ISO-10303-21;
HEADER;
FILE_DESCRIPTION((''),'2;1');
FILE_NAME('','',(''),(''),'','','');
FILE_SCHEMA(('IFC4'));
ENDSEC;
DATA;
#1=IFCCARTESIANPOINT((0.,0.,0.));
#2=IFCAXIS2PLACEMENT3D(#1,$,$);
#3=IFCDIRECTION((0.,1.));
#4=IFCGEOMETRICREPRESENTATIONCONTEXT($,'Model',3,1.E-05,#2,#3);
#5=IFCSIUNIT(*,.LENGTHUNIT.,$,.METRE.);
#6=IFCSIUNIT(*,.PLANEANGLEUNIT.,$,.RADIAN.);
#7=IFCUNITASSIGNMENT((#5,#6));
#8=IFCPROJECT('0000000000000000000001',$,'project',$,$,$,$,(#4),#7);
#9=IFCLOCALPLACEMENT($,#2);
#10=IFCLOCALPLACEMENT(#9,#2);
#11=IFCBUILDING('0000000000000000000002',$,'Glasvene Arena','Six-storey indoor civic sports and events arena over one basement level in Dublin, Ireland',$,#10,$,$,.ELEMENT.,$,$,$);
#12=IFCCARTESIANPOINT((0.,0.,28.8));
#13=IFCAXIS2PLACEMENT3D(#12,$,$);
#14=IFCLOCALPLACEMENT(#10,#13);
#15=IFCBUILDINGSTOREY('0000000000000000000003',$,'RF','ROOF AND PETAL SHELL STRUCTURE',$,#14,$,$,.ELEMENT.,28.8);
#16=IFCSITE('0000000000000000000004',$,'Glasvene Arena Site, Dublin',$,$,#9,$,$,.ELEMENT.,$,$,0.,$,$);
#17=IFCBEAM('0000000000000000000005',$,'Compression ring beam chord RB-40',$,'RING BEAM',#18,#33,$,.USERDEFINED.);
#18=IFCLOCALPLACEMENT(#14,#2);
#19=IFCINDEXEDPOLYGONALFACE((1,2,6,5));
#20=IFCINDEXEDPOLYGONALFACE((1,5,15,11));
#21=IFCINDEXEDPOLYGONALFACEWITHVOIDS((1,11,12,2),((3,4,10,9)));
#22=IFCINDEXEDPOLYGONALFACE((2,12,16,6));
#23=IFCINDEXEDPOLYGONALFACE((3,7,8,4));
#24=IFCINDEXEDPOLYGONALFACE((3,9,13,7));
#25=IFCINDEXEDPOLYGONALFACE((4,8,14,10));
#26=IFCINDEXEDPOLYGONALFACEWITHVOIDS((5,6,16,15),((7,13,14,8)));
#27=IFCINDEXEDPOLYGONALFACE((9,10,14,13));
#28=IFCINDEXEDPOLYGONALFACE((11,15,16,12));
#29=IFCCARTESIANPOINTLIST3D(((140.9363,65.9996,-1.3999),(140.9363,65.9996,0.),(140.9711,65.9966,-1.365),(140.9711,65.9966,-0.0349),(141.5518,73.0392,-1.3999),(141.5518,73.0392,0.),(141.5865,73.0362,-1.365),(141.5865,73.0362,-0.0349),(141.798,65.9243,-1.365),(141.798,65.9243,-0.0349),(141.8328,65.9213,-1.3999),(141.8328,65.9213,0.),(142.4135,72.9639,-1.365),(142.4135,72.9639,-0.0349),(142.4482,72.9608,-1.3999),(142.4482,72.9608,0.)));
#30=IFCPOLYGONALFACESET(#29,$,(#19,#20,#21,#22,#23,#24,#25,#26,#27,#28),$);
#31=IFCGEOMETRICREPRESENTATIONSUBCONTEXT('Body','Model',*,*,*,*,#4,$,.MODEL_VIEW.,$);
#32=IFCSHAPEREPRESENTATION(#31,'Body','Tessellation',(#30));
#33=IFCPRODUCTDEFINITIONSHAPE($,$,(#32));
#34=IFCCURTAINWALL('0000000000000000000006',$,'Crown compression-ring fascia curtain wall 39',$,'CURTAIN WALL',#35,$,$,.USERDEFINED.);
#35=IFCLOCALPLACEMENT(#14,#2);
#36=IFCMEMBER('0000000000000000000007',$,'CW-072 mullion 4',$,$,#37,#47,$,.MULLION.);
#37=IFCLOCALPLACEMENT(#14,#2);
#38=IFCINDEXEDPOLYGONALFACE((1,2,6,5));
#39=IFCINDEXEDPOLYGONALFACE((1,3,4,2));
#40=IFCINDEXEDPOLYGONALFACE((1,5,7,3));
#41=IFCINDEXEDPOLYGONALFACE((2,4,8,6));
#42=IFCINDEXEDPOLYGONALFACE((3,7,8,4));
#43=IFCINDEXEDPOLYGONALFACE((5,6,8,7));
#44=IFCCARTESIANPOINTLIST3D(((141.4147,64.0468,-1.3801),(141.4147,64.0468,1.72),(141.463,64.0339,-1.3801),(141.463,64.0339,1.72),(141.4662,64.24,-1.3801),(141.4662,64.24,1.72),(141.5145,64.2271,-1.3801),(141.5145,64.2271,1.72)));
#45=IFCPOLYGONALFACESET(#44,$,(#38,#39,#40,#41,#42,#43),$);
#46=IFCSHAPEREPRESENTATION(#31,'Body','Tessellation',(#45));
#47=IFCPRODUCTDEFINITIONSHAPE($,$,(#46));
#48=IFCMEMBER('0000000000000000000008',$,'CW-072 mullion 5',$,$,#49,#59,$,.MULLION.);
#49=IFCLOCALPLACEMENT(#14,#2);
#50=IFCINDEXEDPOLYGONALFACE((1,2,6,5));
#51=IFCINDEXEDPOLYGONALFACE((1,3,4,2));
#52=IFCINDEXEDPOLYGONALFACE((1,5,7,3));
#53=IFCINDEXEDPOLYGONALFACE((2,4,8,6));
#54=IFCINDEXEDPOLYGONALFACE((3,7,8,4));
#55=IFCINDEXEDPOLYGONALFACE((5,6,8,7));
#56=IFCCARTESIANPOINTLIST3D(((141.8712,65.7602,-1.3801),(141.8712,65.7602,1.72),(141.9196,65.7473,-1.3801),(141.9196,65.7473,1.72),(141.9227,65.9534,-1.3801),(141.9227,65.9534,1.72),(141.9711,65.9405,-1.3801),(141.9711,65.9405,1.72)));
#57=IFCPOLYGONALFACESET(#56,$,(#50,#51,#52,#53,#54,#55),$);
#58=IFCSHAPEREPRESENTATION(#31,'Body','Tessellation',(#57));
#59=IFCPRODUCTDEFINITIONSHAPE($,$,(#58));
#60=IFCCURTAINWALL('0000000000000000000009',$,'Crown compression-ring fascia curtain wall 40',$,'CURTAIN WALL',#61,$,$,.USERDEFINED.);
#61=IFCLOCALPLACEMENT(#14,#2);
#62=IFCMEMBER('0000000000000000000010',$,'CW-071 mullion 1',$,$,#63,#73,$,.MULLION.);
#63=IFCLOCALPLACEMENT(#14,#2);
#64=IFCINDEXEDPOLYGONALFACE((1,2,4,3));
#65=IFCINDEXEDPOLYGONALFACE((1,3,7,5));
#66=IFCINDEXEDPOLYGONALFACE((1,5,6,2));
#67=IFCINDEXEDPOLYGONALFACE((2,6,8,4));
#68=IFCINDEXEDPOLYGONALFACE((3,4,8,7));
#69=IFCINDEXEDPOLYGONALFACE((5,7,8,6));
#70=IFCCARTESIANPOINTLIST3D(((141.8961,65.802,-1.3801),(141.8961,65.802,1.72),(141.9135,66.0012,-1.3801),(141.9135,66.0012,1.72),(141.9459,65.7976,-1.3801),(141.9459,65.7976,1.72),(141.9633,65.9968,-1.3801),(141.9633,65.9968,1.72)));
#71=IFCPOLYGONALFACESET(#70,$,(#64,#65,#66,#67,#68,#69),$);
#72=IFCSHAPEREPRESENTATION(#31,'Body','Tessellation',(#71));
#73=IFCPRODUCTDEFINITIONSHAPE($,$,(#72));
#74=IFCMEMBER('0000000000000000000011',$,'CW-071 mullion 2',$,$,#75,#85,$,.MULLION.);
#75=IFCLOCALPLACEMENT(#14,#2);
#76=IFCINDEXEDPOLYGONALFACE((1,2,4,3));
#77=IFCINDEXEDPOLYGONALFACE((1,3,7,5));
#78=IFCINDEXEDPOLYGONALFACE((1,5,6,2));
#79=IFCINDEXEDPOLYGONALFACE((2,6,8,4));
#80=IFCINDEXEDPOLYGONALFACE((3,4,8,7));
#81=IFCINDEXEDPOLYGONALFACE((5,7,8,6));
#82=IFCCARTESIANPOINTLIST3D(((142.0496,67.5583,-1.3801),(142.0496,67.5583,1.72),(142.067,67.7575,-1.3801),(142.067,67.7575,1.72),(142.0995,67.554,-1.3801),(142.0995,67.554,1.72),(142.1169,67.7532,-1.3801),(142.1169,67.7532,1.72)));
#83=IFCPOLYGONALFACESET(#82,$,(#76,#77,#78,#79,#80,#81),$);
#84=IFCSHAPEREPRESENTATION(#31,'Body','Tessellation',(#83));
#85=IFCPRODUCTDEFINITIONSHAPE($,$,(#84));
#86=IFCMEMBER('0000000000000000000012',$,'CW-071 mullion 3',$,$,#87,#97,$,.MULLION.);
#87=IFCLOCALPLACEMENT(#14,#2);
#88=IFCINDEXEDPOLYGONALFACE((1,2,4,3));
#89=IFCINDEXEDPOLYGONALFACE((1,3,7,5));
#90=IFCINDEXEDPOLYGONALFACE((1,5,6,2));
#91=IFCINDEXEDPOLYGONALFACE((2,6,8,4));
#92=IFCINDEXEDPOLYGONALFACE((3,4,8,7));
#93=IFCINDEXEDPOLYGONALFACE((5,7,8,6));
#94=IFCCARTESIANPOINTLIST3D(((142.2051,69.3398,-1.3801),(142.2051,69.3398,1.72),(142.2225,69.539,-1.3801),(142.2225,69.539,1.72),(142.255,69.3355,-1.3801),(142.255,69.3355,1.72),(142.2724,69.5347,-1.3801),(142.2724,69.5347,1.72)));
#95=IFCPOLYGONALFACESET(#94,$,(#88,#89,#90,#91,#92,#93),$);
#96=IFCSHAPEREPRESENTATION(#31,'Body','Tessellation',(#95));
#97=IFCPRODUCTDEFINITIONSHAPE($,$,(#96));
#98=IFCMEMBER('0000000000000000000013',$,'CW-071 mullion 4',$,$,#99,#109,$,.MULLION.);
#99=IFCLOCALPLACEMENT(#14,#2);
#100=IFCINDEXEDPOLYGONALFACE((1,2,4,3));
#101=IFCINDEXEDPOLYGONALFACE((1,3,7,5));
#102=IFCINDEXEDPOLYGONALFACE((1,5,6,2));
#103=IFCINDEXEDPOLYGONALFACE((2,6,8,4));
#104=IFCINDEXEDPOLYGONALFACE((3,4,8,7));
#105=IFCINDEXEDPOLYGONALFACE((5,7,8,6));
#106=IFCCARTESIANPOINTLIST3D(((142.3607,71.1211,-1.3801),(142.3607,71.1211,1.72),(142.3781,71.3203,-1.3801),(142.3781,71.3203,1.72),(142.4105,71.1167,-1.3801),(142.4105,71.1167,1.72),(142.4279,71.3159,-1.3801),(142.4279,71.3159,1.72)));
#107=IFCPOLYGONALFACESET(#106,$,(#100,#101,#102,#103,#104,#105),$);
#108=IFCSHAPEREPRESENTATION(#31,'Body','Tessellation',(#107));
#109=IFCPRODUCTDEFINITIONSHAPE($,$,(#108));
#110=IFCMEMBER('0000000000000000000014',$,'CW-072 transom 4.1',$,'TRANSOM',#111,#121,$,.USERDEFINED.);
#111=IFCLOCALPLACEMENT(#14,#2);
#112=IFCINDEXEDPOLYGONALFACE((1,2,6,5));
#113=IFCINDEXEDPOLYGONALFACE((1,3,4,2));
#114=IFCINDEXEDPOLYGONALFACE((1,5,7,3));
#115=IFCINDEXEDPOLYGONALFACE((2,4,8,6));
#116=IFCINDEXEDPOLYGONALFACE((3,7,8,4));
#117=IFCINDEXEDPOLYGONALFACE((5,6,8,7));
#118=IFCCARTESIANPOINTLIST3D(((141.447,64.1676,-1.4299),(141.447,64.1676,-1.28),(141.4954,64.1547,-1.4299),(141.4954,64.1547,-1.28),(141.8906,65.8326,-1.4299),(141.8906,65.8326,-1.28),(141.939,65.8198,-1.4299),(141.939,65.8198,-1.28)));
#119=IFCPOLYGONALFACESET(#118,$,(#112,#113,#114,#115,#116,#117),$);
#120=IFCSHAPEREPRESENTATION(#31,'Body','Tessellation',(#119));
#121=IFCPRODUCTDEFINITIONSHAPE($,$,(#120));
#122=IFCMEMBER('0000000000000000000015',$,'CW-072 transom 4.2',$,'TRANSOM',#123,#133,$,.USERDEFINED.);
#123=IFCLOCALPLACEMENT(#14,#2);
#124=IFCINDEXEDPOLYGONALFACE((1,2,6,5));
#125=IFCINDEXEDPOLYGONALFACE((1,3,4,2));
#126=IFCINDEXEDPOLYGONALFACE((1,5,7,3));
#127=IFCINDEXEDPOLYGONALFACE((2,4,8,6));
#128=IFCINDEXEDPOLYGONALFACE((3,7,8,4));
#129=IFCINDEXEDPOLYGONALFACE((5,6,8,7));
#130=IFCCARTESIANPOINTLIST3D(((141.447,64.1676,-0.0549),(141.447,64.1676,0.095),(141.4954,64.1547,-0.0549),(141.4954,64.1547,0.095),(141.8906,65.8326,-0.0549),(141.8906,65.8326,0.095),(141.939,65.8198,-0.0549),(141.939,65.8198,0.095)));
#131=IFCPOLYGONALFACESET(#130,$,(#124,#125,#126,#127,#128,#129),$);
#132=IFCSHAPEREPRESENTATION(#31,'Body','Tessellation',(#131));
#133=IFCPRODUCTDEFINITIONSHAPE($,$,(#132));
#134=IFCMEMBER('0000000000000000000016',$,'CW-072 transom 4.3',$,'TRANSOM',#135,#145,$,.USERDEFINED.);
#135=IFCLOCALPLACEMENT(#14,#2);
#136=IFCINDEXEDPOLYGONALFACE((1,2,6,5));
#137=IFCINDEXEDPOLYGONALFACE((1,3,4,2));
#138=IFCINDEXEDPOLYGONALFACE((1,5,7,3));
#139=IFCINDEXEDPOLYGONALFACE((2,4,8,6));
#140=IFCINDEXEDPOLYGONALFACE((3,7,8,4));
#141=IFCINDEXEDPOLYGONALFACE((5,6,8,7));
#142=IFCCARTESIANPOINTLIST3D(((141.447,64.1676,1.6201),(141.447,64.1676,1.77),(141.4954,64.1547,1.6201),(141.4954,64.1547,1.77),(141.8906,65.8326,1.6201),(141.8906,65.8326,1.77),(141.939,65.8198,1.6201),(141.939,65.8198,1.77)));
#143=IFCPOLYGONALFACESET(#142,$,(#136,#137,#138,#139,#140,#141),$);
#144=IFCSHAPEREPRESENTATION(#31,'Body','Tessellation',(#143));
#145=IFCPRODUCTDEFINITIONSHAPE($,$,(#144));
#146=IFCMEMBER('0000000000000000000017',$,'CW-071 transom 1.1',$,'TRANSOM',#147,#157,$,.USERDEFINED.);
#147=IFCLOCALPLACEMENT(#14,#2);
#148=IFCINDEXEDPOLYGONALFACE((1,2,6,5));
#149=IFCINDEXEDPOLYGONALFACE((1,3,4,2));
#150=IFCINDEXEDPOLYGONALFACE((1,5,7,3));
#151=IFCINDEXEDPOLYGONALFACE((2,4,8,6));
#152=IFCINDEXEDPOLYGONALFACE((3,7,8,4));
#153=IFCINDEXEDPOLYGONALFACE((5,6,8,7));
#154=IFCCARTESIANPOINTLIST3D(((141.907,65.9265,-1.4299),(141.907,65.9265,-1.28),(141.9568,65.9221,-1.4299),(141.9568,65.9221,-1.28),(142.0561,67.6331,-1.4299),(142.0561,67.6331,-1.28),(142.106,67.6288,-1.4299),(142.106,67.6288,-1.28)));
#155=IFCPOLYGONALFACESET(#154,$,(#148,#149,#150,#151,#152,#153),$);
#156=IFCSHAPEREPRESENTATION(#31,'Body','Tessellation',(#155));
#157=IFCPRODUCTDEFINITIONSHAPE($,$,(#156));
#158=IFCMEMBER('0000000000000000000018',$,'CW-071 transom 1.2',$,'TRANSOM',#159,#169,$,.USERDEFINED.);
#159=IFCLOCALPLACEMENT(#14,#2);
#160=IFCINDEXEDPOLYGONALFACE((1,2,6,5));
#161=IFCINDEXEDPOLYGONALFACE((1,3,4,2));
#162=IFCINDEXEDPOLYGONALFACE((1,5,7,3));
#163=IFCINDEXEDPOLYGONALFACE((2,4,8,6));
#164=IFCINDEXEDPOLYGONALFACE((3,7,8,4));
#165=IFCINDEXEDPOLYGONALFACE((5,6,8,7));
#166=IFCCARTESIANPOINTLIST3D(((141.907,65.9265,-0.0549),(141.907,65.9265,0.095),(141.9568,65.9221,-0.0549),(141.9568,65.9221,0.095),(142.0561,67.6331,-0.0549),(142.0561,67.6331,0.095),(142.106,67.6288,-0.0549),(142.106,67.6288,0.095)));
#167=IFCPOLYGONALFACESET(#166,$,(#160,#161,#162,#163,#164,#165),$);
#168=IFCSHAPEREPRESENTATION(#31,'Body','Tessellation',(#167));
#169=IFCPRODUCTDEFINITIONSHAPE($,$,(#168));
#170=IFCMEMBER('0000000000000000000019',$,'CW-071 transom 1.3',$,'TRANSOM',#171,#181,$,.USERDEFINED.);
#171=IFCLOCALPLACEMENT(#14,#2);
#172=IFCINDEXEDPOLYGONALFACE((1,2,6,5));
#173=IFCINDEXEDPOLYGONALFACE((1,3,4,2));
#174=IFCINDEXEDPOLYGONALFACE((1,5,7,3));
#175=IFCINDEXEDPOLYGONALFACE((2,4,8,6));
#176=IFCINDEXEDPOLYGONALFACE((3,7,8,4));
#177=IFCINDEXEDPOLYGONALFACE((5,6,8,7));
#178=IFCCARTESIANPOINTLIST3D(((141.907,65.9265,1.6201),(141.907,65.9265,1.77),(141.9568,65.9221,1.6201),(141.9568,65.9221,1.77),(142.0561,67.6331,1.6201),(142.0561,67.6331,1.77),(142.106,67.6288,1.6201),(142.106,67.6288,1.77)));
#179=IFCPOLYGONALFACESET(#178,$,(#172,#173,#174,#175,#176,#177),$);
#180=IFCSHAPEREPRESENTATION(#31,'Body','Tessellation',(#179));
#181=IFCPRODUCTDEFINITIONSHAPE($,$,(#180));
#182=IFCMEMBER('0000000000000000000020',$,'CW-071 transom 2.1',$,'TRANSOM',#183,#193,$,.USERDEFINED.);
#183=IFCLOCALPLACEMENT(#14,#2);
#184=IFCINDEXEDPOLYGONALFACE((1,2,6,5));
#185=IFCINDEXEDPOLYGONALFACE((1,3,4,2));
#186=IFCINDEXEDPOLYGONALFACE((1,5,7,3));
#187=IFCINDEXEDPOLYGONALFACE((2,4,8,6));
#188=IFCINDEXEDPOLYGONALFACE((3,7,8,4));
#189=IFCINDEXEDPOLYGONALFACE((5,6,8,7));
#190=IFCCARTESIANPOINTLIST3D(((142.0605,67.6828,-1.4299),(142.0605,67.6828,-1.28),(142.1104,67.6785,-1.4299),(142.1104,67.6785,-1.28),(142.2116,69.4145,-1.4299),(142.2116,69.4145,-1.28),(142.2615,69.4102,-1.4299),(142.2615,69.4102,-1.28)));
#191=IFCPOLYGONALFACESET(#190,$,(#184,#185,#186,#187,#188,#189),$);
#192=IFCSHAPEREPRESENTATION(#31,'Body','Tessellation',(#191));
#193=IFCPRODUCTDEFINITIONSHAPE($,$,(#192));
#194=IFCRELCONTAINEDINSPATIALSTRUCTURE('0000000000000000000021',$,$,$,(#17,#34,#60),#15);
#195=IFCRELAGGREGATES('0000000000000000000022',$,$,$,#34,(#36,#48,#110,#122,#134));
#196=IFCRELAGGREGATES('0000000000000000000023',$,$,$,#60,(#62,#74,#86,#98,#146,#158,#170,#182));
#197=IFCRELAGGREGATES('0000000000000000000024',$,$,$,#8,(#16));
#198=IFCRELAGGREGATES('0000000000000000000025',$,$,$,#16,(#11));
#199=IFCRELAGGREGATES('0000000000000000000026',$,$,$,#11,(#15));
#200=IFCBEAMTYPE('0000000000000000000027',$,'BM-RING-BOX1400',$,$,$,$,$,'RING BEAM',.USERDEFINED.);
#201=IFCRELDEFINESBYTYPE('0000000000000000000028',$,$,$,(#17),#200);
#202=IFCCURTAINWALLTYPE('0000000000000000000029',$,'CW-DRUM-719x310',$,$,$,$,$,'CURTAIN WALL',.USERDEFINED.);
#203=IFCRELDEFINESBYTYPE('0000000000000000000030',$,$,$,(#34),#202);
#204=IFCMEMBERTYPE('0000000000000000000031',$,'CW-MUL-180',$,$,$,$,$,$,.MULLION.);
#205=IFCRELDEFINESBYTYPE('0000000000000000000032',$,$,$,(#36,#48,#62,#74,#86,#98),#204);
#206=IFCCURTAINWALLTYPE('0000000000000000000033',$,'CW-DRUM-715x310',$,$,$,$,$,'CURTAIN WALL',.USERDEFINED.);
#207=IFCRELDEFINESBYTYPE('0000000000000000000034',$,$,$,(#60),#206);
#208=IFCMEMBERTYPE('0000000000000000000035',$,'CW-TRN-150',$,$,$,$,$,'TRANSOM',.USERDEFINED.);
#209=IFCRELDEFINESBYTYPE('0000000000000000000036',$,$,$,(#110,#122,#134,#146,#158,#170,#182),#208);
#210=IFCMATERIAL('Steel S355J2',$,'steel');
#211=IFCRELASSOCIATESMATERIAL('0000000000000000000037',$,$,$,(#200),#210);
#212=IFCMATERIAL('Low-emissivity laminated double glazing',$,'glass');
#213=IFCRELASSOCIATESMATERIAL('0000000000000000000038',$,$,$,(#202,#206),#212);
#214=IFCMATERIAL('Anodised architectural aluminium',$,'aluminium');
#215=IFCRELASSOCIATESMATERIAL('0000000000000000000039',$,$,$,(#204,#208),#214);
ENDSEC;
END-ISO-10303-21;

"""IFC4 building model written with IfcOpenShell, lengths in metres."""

from ifc_helpers import new_model, si_unit, direction, frame, origin, origin_2d, place, context, subcontext, project, spatial, rectangle, hollow_rectangle, extrude, material, material_profile, profile_set, type_object, element, aggregate, save


model = new_model("IFC4")

# Units and contexts
model_context = context("Model", 3, precision=1e-05, world=origin(), true_north=direction((0.0, 1.0)))
body_context = subcontext(model_context, "Body", "Model", "MODEL_VIEW")
ifc_project = project(units=[si_unit("LENGTHUNIT", "METRE"), si_unit("PLANEANGLEUNIT", "RADIAN")], contexts=[model_context])

# Site, building, storey
site_placement = place(None, origin())
site = spatial("IfcSite", under=ifc_project, at=site_placement, Name="Glasvene Arena Site, Dublin", CompositionType="ELEMENT", RefElevation=0.0)
building_placement = place(site_placement, origin())
building = spatial("IfcBuilding", under=site, at=building_placement, Name="Glasvene Arena", Description="Six-storey indoor civic sports and events arena over one basement level in Dublin, Ireland", CompositionType="ELEMENT")
storey_placement = place(building_placement, frame((0.0, 0.0, 28.8)))
storey = spatial("IfcBuildingStorey", under=building, at=storey_placement, Name="RF", Description="ROOF AND PETAL SHELL STRUCTURE", CompositionType="ELEMENT", Elevation=28.8)

# Beam
ifc_material_1 = material(Name="Steel S355J2", Category="steel")
ifc_material_profile_1 = material_profile(ifc_material_1, hollow_rectangle(XDim=0.8999, YDim=1.3999, WallThickness=0.0349, at=origin_2d()), Name="WBOX 900x1400x35")
ifc_profile_set_1 = profile_set([ifc_material_profile_1], Name="Steel S355J2")
beam_type = type_object("IfcBeamType", Name="BM-RING-BOX1400", ElementType="RING BEAM", PredefinedType="USERDEFINED", material=ifc_profile_set_1)
beam_placement = place(storey_placement, frame((141.3845, 65.9604, -0.7), z_axis=(0.087099, 0.9962, 0.0), x_axis=(-0.9962, 0.087099, 0.0)))
element("IfcBeam", 1, at=beam_placement, inside=storey, type_object=beam_type, Name="Compression ring beam chord RB-40", ObjectType="RING BEAM", PredefinedType="USERDEFINED", context=body_context, shape_type="SweptSolid", body=[
    extrude(hollow_rectangle(XDim=0.8999, YDim=1.3999, WallThickness=0.0349, at=origin_2d()), origin(), (0.0, 0.0, 1.0), 7.0664),
])

# Curtain walls, members
ifc_material_2 = material(Name="Low-emissivity laminated double glazing", Category="glass")
curtain_wall_type_1 = type_object("IfcCurtainWallType", Name="CW-DRUM-719x310", ElementType="CURTAIN WALL", PredefinedType="USERDEFINED", material=ifc_material_2)
curtain_wall_1_placement = place(storey_placement, frame((140.0759, 58.9243, 0.0)))
curtain_wall_1 = element("IfcCurtainWall", 2, at=curtain_wall_1_placement, inside=storey, type_object=curtain_wall_type_1, Name="Crown compression-ring fascia curtain wall 39", ObjectType="CURTAIN WALL", PredefinedType="USERDEFINED")
ifc_material_3 = material(Name="Anodised architectural aluminium", Category="aluminium")
ifc_material_profile_2 = material_profile(ifc_material_3, rectangle(XDim=0.05, YDim=0.2, at=origin_2d()), Name="ALU MULLION 50x200")
ifc_profile_set_2 = profile_set([ifc_material_profile_2], Name="Anodised architectural aluminium")
member_type_1 = type_object("IfcMemberType", Name="CW-MUL-180", PredefinedType="MULLION", material=ifc_profile_set_2)
member_1_placement = place(storey_placement, frame((141.4646, 64.137, -1.3801), z_axis=(0.0, 0.0, 1.0), x_axis=(-0.966292, 0.257447, 0.0)))
member_1 = element("IfcMember", 3, at=member_1_placement, type_object=member_type_1, Name="CW-072 mullion 4", PredefinedType="MULLION", context=body_context, shape_type="SweptSolid", body=[
    extrude(rectangle(XDim=0.05, YDim=0.2, at=origin_2d()), origin(), (0.0, 0.0, 1.0), 3.1001),
])
member_2_placement = place(storey_placement, frame((141.9211, 65.8503, -1.3801), z_axis=(0.0, 0.0, 1.0), x_axis=(-0.966292, 0.257447, 0.0)))
member_2 = element("IfcMember", 4, at=member_2_placement, type_object=member_type_1, Name="CW-072 mullion 5", PredefinedType="MULLION", context=body_context, shape_type="SweptSolid", body=[
    extrude(rectangle(XDim=0.05, YDim=0.2, at=origin_2d()), origin(), (0.0, 0.0, 1.0), 3.1001),
])
curtain_wall_type_2 = type_object("IfcCurtainWallType", Name="CW-DRUM-715x310", ElementType="CURTAIN WALL", PredefinedType="USERDEFINED", material=ifc_material_2)
curtain_wall_2_placement = place(storey_placement, frame((141.9275, 65.8745, 0.0)))
curtain_wall_2 = element("IfcCurtainWall", 5, at=curtain_wall_2_placement, inside=storey, type_object=curtain_wall_type_2, Name="Crown compression-ring fascia curtain wall 40", ObjectType="CURTAIN WALL", PredefinedType="USERDEFINED")
member_3_placement = place(storey_placement, frame((141.9297, 65.8994, -1.3801), z_axis=(0.0, 0.0, 1.0), x_axis=(-0.996207, 0.087016, 0.0)))
member_3 = element("IfcMember", 6, at=member_3_placement, type_object=member_type_1, Name="CW-071 mullion 1", PredefinedType="MULLION", context=body_context, shape_type="SweptSolid", body=[
    extrude(rectangle(XDim=0.05, YDim=0.2, at=origin_2d()), origin(), (0.0, 0.0, 1.0), 3.1001),
])
member_4_placement = place(storey_placement, frame((142.0833, 67.6558, -1.3801), z_axis=(0.0, 0.0, 1.0), x_axis=(-0.996207, 0.087016, 0.0)))
member_4 = element("IfcMember", 7, at=member_4_placement, type_object=member_type_1, Name="CW-071 mullion 2", PredefinedType="MULLION", context=body_context, shape_type="SweptSolid", body=[
    extrude(rectangle(XDim=0.05, YDim=0.2, at=origin_2d()), origin(), (0.0, 0.0, 1.0), 3.1001),
])
member_5_placement = place(storey_placement, frame((142.2388, 69.4373, -1.3801), z_axis=(0.0, 0.0, 1.0), x_axis=(-0.996207, 0.087016, 0.0)))
member_5 = element("IfcMember", 8, at=member_5_placement, type_object=member_type_1, Name="CW-071 mullion 3", PredefinedType="MULLION", context=body_context, shape_type="SweptSolid", body=[
    extrude(rectangle(XDim=0.05, YDim=0.2, at=origin_2d()), origin(), (0.0, 0.0, 1.0), 3.1001),
])
member_6_placement = place(storey_placement, frame((142.3943, 71.2185, -1.3801), z_axis=(0.0, 0.0, 1.0), x_axis=(-0.996207, 0.087016, 0.0)))
member_6 = element("IfcMember", 9, at=member_6_placement, type_object=member_type_1, Name="CW-071 mullion 4", PredefinedType="MULLION", context=body_context, shape_type="SweptSolid", body=[
    extrude(rectangle(XDim=0.05, YDim=0.2, at=origin_2d()), origin(), (0.0, 0.0, 1.0), 3.1001),
])

# Members
ifc_material_profile_3 = material_profile(ifc_material_3, rectangle(XDim=0.05, YDim=0.1499, at=origin_2d()), Name="ALU TRANSOM 50x150")
ifc_profile_set_3 = profile_set([ifc_material_profile_3], Name="Anodised architectural aluminium")
member_type_2 = type_object("IfcMemberType", Name="CW-TRN-150", ElementType="TRANSOM", PredefinedType="USERDEFINED", material=ifc_profile_set_3)
member_7_placement = place(storey_placement, frame((141.4712, 64.1611, -1.355), z_axis=(0.257442, 0.966294, 0.0), x_axis=(-0.966294, 0.257442, 0.0)))
member_7 = element("IfcMember", 10, at=member_7_placement, type_object=member_type_2, Name="CW-072 transom 4.1", ObjectType="TRANSOM", PredefinedType="USERDEFINED", context=body_context, shape_type="SweptSolid", body=[
    extrude(rectangle(XDim=0.05, YDim=0.1499, at=origin_2d()), origin(), (0.0, 0.0, 1.0), 1.7231),
])
member_8_placement = place(storey_placement, frame((141.4712, 64.1611, 0.02), z_axis=(0.257442, 0.966294, 0.0), x_axis=(-0.966294, 0.257442, 0.0)))
member_8 = element("IfcMember", 11, at=member_8_placement, type_object=member_type_2, Name="CW-072 transom 4.2", ObjectType="TRANSOM", PredefinedType="USERDEFINED", context=body_context, shape_type="SweptSolid", body=[
    extrude(rectangle(XDim=0.05, YDim=0.1499, at=origin_2d()), origin(), (0.0, 0.0, 1.0), 1.7231),
])
member_9_placement = place(storey_placement, frame((141.4712, 64.1611, 1.6951), z_axis=(0.257442, 0.966294, 0.0), x_axis=(-0.966294, 0.257442, 0.0)))
member_9 = element("IfcMember", 12, at=member_9_placement, type_object=member_type_2, Name="CW-072 transom 4.3", ObjectType="TRANSOM", PredefinedType="USERDEFINED", context=body_context, shape_type="SweptSolid", body=[
    extrude(rectangle(XDim=0.05, YDim=0.1499, at=origin_2d()), origin(), (0.0, 0.0, 1.0), 1.7231),
])
member_10_placement = place(storey_placement, frame((141.9319, 65.9243, -1.355), z_axis=(0.087079, 0.996201, 0.0), x_axis=(-0.996201, 0.087079, 0.0)))
member_10 = element("IfcMember", 13, at=member_10_placement, type_object=member_type_2, Name="CW-071 transom 1.1", ObjectType="TRANSOM", PredefinedType="USERDEFINED", context=body_context, shape_type="SweptSolid", body=[
    extrude(rectangle(XDim=0.05, YDim=0.1499, at=origin_2d()), origin(), (0.0, 0.0, 1.0), 1.7131),
])
member_11_placement = place(storey_placement, frame((141.9319, 65.9243, 0.02), z_axis=(0.087079, 0.996201, 0.0), x_axis=(-0.996201, 0.087079, 0.0)))
member_11 = element("IfcMember", 14, at=member_11_placement, type_object=member_type_2, Name="CW-071 transom 1.2", ObjectType="TRANSOM", PredefinedType="USERDEFINED", context=body_context, shape_type="SweptSolid", body=[
    extrude(rectangle(XDim=0.05, YDim=0.1499, at=origin_2d()), origin(), (0.0, 0.0, 1.0), 1.7131),
])
member_12_placement = place(storey_placement, frame((141.9319, 65.9243, 1.6951), z_axis=(0.087079, 0.996201, 0.0), x_axis=(-0.996201, 0.087079, 0.0)))
member_12 = element("IfcMember", 15, at=member_12_placement, type_object=member_type_2, Name="CW-071 transom 1.3", ObjectType="TRANSOM", PredefinedType="USERDEFINED", context=body_context, shape_type="SweptSolid", body=[
    extrude(rectangle(XDim=0.05, YDim=0.1499, at=origin_2d()), origin(), (0.0, 0.0, 1.0), 1.7131),
])
member_13_placement = place(storey_placement, frame((142.0854, 67.6807, -1.355), z_axis=(0.086939, 0.996214, 0.0), x_axis=(-0.996214, 0.086939, 0.0)))
member_13 = element("IfcMember", 16, at=member_13_placement, type_object=member_type_2, Name="CW-071 transom 2.1", ObjectType="TRANSOM", PredefinedType="USERDEFINED", context=body_context, shape_type="SweptSolid", body=[
    extrude(rectangle(XDim=0.05, YDim=0.1499, at=origin_2d()), origin(), (0.0, 0.0, 1.0), 1.7383),
])

aggregate(curtain_wall_1, [member_1, member_2, member_7, member_8, member_9])
aggregate(curtain_wall_2, [member_3, member_4, member_5, member_6, member_10, member_11, member_12, member_13])

save(model, "model.ifc")
